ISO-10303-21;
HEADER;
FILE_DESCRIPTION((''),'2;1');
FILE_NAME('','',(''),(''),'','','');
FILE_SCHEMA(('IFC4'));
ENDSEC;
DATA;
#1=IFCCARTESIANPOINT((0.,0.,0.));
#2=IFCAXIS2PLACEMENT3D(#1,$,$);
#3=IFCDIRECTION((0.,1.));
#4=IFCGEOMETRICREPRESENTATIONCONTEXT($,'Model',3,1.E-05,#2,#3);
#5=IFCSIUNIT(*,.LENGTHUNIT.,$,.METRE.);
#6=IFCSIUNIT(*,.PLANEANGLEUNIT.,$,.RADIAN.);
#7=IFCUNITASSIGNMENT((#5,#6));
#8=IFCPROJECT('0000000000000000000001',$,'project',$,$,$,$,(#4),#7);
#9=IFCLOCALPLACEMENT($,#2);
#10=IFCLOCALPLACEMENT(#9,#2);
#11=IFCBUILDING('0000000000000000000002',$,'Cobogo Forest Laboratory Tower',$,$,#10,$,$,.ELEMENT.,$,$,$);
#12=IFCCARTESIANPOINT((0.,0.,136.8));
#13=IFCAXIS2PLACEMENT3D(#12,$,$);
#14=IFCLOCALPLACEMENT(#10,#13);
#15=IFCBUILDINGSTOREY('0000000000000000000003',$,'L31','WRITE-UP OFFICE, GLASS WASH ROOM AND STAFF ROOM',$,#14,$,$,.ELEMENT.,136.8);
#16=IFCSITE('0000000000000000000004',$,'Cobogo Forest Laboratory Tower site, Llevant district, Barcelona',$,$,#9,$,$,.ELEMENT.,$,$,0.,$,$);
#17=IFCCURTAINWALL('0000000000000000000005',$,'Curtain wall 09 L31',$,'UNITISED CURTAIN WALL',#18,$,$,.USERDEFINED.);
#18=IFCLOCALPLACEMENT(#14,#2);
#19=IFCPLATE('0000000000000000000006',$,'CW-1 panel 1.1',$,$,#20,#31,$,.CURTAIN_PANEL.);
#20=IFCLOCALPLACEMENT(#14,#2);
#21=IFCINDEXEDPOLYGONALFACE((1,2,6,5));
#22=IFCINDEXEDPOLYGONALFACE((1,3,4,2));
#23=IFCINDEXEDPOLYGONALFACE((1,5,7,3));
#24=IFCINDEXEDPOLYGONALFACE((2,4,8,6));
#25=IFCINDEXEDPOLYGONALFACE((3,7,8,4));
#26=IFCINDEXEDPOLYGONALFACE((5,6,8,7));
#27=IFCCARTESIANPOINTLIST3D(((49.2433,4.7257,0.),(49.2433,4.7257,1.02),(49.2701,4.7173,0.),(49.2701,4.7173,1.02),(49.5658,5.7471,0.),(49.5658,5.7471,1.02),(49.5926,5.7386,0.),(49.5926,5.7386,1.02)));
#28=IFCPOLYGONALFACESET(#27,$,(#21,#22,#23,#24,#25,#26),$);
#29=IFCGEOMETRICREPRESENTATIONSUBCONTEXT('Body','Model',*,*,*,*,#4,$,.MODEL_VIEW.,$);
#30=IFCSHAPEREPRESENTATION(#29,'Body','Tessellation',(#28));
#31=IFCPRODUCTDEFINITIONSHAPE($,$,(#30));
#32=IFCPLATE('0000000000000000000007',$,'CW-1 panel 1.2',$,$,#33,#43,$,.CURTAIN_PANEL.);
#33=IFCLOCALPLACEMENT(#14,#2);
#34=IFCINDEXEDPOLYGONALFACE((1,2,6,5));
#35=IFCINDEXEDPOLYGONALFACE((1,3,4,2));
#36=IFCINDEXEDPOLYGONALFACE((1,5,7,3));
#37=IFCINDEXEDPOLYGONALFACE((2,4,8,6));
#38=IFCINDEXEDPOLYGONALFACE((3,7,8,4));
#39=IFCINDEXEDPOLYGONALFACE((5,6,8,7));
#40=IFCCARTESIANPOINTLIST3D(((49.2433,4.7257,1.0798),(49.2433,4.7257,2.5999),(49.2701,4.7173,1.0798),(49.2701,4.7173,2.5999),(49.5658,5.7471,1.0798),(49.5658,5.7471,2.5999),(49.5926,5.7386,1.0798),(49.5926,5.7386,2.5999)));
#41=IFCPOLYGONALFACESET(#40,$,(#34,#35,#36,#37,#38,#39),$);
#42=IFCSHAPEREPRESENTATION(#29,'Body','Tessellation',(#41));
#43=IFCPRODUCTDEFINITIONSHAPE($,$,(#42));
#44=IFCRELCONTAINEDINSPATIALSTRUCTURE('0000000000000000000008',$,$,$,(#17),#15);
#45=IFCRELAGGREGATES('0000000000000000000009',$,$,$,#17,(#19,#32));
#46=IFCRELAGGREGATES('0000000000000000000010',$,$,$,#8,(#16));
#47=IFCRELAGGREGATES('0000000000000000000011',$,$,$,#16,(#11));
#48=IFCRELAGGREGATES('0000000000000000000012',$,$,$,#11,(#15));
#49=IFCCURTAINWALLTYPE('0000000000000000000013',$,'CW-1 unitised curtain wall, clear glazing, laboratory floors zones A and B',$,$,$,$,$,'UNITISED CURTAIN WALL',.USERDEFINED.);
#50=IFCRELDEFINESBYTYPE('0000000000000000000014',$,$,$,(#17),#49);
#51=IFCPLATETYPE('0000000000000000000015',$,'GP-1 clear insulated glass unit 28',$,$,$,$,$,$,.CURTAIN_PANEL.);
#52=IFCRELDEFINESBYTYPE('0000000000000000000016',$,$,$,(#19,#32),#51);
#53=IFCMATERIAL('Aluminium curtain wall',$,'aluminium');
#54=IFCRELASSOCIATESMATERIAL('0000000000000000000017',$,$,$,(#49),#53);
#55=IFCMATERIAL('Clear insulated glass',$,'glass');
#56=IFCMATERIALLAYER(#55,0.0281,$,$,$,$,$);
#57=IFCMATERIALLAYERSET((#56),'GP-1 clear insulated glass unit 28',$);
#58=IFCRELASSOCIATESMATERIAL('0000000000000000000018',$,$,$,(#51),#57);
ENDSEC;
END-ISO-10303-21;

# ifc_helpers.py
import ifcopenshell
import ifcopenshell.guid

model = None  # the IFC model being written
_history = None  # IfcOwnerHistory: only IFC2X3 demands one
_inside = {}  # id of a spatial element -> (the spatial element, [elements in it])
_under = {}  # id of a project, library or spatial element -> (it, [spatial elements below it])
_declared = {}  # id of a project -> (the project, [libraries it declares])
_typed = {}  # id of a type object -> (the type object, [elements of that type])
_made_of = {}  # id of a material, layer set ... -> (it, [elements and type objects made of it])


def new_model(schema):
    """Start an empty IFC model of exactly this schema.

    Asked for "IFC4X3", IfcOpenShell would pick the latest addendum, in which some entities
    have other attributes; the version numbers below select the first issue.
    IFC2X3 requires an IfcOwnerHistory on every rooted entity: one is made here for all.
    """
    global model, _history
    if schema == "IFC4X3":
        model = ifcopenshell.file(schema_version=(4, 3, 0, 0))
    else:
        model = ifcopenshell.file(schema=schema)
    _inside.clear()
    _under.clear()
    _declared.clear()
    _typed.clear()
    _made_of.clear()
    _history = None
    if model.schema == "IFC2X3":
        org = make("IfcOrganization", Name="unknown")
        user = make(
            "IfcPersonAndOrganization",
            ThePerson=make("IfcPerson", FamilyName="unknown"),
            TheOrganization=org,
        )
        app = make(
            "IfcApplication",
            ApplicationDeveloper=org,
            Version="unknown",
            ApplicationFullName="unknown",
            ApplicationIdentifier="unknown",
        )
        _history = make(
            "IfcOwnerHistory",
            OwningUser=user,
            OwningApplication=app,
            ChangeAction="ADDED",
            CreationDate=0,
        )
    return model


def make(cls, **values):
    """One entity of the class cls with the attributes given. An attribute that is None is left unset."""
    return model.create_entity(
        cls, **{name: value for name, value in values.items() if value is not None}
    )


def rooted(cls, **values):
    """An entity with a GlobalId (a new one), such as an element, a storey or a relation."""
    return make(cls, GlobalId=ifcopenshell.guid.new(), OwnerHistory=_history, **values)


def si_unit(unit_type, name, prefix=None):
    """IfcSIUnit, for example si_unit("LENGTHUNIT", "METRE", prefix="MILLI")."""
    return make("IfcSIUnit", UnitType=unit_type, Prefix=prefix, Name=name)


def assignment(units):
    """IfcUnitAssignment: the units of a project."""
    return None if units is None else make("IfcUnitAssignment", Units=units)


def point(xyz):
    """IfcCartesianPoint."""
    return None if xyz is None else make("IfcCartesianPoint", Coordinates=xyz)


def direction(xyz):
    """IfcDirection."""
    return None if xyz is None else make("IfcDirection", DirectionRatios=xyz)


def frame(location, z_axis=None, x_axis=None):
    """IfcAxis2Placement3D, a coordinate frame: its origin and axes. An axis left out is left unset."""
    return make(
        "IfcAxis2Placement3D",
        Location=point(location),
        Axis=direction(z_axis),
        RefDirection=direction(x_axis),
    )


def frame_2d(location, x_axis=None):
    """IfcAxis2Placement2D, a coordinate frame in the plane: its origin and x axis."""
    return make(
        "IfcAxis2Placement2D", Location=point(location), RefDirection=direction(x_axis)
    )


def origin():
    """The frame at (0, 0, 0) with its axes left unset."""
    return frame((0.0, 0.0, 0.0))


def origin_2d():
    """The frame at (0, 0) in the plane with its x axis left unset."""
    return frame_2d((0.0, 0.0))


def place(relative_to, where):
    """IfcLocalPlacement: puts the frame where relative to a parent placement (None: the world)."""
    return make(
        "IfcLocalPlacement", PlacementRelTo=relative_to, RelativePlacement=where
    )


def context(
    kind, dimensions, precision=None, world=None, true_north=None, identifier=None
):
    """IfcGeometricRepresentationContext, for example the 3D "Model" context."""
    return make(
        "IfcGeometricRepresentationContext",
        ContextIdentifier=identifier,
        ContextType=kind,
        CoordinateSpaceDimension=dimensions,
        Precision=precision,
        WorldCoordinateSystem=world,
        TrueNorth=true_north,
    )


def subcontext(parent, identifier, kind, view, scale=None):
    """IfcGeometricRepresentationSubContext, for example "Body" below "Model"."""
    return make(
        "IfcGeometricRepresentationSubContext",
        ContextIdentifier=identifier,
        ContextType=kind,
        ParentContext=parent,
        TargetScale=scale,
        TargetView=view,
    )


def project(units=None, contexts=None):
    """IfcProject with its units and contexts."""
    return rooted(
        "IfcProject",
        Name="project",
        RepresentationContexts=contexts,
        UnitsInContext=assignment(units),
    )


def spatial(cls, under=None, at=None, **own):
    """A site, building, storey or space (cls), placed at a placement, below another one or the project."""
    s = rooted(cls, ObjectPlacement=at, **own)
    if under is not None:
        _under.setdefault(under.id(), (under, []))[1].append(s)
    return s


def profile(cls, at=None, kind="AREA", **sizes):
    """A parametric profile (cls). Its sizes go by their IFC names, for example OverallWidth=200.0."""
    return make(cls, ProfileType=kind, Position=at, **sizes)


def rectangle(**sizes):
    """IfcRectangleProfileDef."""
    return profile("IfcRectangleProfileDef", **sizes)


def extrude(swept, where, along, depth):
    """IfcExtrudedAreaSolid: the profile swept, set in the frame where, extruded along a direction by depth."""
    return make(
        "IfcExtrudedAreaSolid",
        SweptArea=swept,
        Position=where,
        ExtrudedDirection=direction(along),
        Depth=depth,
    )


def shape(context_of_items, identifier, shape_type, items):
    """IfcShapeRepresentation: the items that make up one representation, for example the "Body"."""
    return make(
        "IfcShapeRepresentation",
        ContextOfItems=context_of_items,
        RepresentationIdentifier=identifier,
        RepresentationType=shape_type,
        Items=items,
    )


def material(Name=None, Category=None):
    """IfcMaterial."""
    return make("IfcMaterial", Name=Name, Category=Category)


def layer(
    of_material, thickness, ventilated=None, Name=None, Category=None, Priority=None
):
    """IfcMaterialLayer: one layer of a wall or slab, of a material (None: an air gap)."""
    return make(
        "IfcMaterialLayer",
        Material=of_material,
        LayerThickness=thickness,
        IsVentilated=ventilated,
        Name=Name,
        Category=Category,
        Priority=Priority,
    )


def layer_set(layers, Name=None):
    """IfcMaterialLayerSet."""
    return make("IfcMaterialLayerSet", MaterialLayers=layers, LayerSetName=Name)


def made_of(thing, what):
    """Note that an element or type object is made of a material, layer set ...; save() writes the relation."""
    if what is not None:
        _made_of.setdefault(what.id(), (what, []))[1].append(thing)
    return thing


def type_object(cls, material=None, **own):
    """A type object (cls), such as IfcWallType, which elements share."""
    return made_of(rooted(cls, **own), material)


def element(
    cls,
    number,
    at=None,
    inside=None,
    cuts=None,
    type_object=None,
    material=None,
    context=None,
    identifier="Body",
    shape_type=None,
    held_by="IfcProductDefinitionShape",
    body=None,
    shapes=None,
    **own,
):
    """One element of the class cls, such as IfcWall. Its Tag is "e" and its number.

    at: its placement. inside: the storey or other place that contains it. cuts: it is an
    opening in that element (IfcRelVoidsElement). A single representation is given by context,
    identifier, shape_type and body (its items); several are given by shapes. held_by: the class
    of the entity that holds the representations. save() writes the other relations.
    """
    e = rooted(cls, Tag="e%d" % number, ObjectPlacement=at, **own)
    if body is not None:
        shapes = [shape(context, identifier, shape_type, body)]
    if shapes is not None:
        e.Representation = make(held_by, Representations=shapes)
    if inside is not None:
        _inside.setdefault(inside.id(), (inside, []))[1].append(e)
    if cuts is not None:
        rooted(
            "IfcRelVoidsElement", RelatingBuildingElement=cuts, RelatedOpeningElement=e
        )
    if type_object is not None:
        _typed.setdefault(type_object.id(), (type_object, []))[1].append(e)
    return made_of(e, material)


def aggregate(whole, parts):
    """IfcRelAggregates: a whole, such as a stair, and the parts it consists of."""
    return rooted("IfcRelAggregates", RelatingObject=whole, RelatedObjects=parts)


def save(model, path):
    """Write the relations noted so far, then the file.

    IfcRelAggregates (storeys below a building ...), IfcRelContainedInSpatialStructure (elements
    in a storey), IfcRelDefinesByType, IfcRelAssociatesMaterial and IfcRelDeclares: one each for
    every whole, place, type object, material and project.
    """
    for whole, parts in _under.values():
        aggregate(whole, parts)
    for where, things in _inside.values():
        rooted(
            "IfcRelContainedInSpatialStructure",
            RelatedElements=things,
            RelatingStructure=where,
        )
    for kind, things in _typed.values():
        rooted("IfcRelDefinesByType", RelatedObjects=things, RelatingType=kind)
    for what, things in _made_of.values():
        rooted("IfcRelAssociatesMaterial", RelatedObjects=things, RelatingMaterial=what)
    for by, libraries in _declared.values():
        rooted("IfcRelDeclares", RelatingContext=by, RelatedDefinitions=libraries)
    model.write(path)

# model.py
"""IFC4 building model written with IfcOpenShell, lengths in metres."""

from ifc_helpers import new_model, si_unit, direction, frame, origin, origin_2d, place, context, subcontext, project, spatial, rectangle, extrude, material, layer, layer_set, type_object, element, aggregate, save


model = new_model("IFC4")

# Units and contexts
model_context = context("Model", 3, precision=1e-05, world=origin(), true_north=direction((0.0, 1.0)))
body_context = subcontext(model_context, "Body", "Model", "MODEL_VIEW")
ifc_project = project(units=[si_unit("LENGTHUNIT", "METRE"), si_unit("PLANEANGLEUNIT", "RADIAN")], contexts=[model_context])

# Site, building, storey
site_placement = place(None, origin())
site = spatial("IfcSite", under=ifc_project, at=site_placement, Name="Cobogo Forest Laboratory Tower site, Llevant district, Barcelona", CompositionType="ELEMENT", RefElevation=0.0)
building_placement = place(site_placement, origin())
building = spatial("IfcBuilding", under=site, at=building_placement, Name="Cobogo Forest Laboratory Tower", CompositionType="ELEMENT")
storey_placement = place(building_placement, frame((0.0, 0.0, 136.8)))
storey = spatial("IfcBuildingStorey", under=building, at=storey_placement, Name="L31", Description="WRITE-UP OFFICE, GLASS WASH ROOM AND STAFF ROOM", CompositionType="ELEMENT", Elevation=136.8)

# Curtain wall
ifc_material_1 = material(Name="Aluminium curtain wall", Category="aluminium")
curtain_wall_type = type_object("IfcCurtainWallType", Name="CW-1 unitised curtain wall, clear glazing, laboratory floors zones A and B", ElementType="UNITISED CURTAIN WALL", PredefinedType="USERDEFINED", material=ifc_material_1)
curtain_wall_1_placement = place(storey_placement, origin())
curtain_wall_1 = element("IfcCurtainWall", 1, at=curtain_wall_1_placement, inside=storey, type_object=curtain_wall_type, Name="Curtain wall 09 L31", ObjectType="UNITISED CURTAIN WALL", PredefinedType="USERDEFINED")

# Plates
ifc_material_2 = material(Name="Clear insulated glass", Category="glass")
ifc_layer = layer(ifc_material_2, 0.0281)
ifc_layer_set = layer_set([ifc_layer], Name="GP-1 clear insulated glass unit 28")
plate_type = type_object("IfcPlateType", Name="GP-1 clear insulated glass unit 28", PredefinedType="CURTAIN_PANEL", material=ifc_layer_set)
plate_1_placement = place(storey_placement, frame((49.418, 5.2322, 0.0), z_axis=(0.0, 0.0, 1.0), x_axis=(0.301136, 0.953581, 0.0)))
plate_1 = element("IfcPlate", 2, at=plate_1_placement, type_object=plate_type, Name="CW-1 panel 1.1", PredefinedType="CURTAIN_PANEL", context=body_context, shape_type="SweptSolid", body=[
    extrude(rectangle(XDim=1.071, YDim=0.0281, at=origin_2d()), origin(), (0.0, 0.0, 1.0), 1.02),
])
plate_2_placement = place(storey_placement, frame((49.418, 5.2322, 1.0798), z_axis=(0.0, 0.0, 1.0), x_axis=(0.301136, 0.953581, 0.0)))
plate_2 = element("IfcPlate", 3, at=plate_2_placement, type_object=plate_type, Name="CW-1 panel 1.2", PredefinedType="CURTAIN_PANEL", context=body_context, shape_type="SweptSolid", body=[
    extrude(rectangle(XDim=1.071, YDim=0.0281, at=origin_2d()), origin(), (0.0, 0.0, 1.0), 1.52),
])
aggregate(curtain_wall_1, [plate_1, plate_2])

save(model, "model.ifc")
